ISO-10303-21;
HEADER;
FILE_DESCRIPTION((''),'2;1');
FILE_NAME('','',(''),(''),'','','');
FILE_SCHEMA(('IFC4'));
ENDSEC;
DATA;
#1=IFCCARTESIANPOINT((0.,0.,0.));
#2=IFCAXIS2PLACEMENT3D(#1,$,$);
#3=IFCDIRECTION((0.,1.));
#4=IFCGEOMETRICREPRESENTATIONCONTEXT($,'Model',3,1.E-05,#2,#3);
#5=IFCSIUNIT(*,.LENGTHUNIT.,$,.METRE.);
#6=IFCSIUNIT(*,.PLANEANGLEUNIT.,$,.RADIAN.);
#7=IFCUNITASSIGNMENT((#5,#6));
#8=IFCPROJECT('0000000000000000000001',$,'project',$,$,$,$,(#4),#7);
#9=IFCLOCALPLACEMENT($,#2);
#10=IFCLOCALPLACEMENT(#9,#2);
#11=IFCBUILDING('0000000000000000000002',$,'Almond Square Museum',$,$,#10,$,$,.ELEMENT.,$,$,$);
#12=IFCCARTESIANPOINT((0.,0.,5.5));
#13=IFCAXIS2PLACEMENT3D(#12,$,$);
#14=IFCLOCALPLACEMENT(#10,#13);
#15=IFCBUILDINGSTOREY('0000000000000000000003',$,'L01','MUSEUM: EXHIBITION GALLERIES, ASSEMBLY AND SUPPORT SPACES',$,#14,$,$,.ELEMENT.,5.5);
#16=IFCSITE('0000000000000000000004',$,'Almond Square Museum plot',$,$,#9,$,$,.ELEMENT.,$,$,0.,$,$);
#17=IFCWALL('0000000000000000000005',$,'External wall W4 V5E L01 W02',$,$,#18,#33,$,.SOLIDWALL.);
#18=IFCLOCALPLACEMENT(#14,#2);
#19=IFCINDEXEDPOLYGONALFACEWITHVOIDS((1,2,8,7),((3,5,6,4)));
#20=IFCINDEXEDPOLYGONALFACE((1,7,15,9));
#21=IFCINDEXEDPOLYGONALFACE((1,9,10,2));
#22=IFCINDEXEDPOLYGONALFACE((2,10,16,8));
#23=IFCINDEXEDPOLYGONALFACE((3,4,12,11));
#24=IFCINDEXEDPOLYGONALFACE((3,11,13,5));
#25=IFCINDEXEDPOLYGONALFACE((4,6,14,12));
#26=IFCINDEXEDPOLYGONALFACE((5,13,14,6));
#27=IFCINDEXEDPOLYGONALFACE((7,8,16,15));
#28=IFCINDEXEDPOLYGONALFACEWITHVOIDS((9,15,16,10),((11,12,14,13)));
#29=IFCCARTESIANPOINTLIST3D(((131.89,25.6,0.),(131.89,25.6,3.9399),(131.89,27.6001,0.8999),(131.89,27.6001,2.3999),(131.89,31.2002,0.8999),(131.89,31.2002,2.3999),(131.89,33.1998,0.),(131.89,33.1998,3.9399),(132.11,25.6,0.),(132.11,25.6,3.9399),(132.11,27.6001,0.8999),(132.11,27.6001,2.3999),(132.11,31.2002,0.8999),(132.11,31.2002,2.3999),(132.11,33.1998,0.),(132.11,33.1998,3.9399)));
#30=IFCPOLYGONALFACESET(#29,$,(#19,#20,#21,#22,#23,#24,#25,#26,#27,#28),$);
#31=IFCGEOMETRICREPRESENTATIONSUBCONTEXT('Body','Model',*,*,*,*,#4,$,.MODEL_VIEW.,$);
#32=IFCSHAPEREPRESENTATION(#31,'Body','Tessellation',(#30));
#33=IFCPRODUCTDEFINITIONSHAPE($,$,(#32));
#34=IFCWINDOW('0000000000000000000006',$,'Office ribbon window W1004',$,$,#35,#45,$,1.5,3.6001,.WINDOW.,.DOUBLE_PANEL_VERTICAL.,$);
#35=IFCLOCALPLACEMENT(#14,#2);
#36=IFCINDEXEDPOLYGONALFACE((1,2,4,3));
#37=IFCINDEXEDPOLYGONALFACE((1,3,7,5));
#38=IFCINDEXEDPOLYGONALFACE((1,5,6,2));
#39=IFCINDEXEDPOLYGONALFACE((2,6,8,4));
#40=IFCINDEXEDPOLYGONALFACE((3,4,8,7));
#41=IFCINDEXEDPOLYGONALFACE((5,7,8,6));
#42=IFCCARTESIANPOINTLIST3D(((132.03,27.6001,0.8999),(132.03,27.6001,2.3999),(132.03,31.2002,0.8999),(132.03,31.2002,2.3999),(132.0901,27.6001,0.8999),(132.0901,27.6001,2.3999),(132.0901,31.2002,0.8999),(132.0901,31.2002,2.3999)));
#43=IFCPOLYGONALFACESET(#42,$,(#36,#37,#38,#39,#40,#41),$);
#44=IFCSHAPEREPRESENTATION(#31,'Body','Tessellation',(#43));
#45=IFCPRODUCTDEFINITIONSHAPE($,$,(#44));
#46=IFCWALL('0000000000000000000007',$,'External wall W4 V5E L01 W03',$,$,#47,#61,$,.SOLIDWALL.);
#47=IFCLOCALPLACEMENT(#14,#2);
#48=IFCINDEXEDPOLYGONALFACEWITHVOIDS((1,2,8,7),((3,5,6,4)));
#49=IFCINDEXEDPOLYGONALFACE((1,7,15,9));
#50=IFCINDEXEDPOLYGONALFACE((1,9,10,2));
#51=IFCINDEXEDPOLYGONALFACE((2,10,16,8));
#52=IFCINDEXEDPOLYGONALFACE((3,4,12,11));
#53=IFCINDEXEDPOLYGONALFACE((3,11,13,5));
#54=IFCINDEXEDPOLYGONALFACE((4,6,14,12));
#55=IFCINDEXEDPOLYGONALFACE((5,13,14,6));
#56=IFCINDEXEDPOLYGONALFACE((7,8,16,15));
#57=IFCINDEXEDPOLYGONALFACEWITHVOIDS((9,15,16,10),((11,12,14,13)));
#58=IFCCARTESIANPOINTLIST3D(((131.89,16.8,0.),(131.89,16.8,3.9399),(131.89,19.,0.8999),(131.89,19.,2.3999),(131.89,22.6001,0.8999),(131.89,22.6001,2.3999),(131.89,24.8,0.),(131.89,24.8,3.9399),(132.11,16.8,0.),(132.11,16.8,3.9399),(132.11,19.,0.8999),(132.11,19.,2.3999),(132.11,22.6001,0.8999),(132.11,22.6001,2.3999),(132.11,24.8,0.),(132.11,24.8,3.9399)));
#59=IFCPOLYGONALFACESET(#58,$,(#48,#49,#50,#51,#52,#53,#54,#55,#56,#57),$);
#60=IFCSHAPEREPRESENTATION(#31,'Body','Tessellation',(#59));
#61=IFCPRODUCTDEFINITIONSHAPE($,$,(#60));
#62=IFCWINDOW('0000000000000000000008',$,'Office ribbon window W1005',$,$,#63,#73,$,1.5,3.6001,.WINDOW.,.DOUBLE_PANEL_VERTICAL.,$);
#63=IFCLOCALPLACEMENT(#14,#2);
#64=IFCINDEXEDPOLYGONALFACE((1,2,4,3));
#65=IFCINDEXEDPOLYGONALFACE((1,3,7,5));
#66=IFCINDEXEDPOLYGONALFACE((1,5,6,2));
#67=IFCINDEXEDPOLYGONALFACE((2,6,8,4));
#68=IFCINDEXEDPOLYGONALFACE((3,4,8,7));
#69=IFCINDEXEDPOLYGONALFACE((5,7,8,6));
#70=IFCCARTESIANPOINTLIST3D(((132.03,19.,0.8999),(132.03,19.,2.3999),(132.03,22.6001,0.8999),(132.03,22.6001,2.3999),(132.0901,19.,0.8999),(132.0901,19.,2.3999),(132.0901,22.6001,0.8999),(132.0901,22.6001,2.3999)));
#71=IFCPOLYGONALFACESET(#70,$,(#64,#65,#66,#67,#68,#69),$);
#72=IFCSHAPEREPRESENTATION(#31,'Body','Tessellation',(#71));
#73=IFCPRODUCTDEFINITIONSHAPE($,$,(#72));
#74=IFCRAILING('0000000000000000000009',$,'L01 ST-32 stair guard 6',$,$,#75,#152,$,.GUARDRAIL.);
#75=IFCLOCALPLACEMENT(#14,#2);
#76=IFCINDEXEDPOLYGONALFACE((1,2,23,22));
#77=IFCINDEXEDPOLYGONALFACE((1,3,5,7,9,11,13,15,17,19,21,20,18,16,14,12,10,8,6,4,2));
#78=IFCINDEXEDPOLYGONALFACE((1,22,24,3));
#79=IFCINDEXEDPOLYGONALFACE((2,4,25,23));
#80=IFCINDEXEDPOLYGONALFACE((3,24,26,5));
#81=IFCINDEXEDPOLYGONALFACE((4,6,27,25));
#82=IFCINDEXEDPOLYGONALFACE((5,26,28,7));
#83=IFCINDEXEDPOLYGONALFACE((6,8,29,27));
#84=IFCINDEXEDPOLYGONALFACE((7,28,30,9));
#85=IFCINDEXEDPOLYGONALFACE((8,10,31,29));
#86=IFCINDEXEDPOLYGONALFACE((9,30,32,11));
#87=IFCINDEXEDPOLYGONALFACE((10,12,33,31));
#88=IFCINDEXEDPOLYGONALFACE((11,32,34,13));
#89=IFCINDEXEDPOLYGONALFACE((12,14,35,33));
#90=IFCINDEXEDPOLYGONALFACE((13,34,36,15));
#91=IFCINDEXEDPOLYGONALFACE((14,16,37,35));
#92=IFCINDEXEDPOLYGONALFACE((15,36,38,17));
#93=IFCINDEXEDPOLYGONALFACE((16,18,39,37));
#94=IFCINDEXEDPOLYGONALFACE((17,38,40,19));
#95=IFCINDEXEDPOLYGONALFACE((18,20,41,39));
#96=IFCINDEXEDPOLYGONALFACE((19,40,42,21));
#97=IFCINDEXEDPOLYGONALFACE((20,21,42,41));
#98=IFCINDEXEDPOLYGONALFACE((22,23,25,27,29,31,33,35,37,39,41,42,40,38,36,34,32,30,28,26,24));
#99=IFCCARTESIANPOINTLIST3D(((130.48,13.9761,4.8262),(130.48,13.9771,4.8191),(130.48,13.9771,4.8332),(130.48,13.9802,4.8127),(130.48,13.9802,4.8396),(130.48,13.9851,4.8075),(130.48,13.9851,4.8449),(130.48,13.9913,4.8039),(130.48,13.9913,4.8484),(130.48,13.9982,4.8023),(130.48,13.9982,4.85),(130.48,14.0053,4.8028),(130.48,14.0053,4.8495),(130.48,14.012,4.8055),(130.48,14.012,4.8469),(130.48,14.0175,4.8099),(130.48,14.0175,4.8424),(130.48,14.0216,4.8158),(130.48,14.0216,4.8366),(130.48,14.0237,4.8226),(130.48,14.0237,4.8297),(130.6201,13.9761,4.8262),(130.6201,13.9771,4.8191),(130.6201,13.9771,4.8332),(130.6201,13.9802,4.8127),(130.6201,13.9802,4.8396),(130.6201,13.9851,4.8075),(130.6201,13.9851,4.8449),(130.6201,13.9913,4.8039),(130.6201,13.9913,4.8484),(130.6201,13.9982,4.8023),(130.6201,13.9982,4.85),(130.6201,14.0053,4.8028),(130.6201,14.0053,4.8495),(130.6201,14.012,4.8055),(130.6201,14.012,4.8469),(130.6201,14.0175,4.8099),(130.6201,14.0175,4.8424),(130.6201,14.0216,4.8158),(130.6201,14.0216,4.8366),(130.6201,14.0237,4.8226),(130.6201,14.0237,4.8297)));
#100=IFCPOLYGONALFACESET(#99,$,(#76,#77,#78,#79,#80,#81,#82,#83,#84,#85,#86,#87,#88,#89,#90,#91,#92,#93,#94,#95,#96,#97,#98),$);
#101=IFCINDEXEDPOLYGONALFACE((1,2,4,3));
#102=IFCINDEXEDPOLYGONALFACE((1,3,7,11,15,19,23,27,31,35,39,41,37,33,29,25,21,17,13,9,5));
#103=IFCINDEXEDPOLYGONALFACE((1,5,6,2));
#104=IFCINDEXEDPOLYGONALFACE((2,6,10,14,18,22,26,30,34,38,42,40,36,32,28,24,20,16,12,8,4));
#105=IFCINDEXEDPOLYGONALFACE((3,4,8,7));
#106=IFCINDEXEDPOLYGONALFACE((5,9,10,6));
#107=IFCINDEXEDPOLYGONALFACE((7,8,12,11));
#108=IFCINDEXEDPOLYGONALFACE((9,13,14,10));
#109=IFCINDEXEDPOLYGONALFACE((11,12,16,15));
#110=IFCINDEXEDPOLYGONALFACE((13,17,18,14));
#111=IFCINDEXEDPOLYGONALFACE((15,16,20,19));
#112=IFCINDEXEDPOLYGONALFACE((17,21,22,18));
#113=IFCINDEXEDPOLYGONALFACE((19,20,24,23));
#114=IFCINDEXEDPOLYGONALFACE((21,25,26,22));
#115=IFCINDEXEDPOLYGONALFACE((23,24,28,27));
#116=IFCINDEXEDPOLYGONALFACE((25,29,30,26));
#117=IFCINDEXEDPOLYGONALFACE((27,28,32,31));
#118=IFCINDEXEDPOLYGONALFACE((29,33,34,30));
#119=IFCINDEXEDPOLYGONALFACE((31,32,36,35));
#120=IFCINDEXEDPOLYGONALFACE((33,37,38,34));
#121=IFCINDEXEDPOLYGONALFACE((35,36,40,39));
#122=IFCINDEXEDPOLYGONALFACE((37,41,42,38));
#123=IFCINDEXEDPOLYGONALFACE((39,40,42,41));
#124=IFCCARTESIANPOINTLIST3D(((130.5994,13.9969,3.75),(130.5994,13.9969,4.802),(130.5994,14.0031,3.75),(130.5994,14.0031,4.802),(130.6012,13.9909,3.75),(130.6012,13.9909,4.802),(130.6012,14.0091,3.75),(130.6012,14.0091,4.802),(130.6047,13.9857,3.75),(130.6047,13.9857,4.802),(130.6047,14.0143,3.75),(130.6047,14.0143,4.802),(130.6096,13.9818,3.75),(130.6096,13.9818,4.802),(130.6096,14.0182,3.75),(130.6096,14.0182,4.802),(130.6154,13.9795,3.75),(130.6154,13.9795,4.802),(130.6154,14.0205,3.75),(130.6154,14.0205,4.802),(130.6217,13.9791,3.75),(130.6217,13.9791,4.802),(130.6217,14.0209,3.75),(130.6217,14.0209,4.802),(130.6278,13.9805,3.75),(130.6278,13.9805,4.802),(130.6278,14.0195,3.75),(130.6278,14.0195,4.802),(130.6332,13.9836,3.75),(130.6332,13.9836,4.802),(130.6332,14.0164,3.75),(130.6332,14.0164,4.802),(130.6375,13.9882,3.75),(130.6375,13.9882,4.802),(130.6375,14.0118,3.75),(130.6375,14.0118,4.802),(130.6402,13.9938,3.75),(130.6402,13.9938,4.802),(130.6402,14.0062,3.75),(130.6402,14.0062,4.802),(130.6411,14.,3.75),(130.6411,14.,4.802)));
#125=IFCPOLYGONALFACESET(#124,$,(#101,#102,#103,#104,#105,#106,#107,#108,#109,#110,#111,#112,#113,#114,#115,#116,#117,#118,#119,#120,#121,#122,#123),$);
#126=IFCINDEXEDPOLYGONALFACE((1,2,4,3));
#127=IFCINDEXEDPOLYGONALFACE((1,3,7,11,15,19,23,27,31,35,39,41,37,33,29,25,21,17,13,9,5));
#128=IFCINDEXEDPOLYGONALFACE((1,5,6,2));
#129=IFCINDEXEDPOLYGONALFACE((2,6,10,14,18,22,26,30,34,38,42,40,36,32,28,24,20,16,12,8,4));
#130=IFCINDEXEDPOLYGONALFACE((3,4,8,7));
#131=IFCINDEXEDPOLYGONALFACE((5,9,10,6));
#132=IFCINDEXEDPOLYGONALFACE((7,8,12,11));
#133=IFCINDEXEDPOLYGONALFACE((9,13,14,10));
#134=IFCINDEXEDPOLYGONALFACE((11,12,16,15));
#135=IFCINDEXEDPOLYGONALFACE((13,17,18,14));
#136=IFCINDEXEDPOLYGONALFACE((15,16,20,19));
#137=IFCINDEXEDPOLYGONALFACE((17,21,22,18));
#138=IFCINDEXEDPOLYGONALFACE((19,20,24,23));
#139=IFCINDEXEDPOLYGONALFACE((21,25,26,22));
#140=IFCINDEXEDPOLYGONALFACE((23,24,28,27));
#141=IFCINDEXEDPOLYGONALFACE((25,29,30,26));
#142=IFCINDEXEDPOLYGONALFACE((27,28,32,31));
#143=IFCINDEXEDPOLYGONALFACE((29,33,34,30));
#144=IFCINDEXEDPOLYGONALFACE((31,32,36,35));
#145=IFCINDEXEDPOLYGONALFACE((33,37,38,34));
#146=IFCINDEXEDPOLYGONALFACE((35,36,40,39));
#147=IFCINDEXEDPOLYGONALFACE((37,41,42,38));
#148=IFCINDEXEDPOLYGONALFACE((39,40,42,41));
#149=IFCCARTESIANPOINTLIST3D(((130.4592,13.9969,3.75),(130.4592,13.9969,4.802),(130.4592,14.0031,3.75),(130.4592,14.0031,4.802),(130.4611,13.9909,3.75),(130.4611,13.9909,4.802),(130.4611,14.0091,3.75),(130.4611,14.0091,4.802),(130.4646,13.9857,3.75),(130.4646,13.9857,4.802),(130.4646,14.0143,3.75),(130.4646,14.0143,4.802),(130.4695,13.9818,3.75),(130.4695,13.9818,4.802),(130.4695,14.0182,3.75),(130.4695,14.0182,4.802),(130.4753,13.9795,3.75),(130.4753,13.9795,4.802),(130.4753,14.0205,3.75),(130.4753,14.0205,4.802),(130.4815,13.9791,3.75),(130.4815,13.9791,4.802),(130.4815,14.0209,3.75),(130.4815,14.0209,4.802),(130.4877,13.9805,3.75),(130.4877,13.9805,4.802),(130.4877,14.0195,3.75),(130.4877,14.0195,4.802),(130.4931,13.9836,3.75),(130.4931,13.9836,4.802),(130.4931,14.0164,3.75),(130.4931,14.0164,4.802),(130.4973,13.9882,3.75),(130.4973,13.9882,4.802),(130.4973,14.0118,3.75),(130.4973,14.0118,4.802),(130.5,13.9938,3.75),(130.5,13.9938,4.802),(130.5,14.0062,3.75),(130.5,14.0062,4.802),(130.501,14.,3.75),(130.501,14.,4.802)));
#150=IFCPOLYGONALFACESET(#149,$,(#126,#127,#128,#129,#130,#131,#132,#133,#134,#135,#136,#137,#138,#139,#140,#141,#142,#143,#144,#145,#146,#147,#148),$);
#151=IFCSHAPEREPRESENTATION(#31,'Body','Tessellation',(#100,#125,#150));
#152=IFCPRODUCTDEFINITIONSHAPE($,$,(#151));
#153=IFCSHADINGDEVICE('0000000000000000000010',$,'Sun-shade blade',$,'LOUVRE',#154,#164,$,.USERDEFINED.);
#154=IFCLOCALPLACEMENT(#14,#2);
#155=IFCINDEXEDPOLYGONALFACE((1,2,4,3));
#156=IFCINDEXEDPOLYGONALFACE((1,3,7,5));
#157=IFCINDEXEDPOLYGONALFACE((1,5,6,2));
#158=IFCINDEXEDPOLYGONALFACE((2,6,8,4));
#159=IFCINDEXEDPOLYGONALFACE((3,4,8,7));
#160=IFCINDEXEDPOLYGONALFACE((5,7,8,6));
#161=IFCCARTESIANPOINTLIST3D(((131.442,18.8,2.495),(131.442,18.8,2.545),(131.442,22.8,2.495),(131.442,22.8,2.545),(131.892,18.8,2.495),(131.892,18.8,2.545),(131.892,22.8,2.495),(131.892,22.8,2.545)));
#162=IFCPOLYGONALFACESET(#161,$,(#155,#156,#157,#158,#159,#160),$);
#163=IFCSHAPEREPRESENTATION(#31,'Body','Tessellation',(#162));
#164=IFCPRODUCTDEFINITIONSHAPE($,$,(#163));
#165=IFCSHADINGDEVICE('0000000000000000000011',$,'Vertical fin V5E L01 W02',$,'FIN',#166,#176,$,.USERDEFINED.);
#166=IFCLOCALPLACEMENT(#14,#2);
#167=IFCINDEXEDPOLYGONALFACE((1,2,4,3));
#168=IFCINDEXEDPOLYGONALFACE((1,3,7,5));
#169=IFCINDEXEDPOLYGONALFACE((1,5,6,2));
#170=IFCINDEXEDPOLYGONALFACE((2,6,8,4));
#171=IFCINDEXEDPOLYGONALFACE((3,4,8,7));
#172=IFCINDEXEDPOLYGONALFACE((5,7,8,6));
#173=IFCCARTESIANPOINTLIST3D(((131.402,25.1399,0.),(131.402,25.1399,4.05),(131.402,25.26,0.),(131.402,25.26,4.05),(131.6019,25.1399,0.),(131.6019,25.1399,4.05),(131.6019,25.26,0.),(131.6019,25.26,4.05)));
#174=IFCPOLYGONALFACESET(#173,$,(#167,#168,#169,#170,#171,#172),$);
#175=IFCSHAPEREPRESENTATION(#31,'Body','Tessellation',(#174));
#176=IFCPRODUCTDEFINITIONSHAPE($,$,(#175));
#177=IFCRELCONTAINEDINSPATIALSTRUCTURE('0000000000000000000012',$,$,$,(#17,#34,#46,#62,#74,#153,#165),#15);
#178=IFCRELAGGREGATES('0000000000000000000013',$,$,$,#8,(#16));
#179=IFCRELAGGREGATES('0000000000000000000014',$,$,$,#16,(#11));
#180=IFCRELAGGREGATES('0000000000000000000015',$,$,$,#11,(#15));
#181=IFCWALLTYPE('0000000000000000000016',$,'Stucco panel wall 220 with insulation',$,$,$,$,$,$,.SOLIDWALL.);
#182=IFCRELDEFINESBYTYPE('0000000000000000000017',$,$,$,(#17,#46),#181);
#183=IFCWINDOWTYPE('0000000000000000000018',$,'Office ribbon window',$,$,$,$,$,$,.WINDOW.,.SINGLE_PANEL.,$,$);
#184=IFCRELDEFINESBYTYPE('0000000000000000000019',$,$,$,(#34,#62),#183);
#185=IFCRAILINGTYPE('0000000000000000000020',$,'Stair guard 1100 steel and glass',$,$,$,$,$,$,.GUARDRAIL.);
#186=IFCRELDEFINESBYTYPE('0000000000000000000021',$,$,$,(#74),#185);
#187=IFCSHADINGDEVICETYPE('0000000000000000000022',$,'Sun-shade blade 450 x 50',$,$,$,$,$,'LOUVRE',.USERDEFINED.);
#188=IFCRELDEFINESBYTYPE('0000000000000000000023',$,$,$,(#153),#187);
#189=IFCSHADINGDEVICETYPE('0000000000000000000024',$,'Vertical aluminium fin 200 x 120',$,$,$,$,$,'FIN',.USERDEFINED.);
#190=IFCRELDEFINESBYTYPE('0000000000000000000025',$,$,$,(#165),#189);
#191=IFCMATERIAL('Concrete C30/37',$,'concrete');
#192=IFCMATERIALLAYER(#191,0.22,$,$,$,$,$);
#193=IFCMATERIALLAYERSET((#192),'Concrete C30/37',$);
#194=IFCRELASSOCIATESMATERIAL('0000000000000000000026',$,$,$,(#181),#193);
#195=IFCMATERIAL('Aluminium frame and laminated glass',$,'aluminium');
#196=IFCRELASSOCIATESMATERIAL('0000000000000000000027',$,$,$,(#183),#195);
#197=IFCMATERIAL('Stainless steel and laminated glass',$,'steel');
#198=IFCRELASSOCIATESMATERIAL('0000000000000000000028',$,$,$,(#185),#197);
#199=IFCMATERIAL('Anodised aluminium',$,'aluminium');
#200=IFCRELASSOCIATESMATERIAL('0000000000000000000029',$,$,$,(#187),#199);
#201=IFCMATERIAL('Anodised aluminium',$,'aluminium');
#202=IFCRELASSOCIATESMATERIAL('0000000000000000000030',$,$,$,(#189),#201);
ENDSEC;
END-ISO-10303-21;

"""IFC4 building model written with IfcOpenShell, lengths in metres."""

from ifc_helpers import new_model, si_unit, direction, frame, frame_2d, origin, origin_2d, place, context, subcontext, project, spatial, rectangle, circle, extrude, material, layer, layer_set, material_profile, profile_set, type_object, element, fill, save


model = new_model("IFC4")

# Units and contexts
model_context = context("Model", 3, precision=1e-05, world=origin(), true_north=direction((0.0, 1.0)))
body_context = subcontext(model_context, "Body", "Model", "MODEL_VIEW")
ifc_project = project(units=[si_unit("LENGTHUNIT", "METRE"), si_unit("PLANEANGLEUNIT", "RADIAN")], contexts=[model_context])

# Site, building, storey
site_placement = place(None, origin())
site = spatial("IfcSite", under=ifc_project, at=site_placement, Name="Almond Square Museum plot", CompositionType="ELEMENT", RefElevation=0.0)
building_placement = place(site_placement, origin())
building = spatial("IfcBuilding", under=site, at=building_placement, Name="Almond Square Museum", CompositionType="ELEMENT")
storey_placement = place(building_placement, frame((0.0, 0.0, 5.5)))
storey = spatial("IfcBuildingStorey", under=building, at=storey_placement, Name="L01", Description="MUSEUM: EXHIBITION GALLERIES, ASSEMBLY AND SUPPORT SPACES", CompositionType="ELEMENT", Elevation=5.5)

# Walls, openings, windows
ifc_material_1 = material(Name="Concrete C30/37", Category="concrete")
ifc_layer_1 = layer(ifc_material_1, 0.22)
ifc_layer_set_1 = layer_set([ifc_layer_1], Name="Concrete C30/37")
wall_type_1 = type_object("IfcWallType", Name="Stucco panel wall 220 with insulation", PredefinedType="SOLIDWALL", material=ifc_layer_set_1)
wall_1_placement = place(storey_placement, frame((132.0, 25.6001, 0.0), z_axis=(0.0, 0.0, 1.0), x_axis=(0.0, 1.0, 0.0)))
wall_1 = element("IfcWall", 1, at=wall_1_placement, inside=storey, type_object=wall_type_1, Name="External wall W4 V5E L01 W02", PredefinedType="SOLIDWALL", context=body_context, shape_type="SweptSolid", body=[
    extrude(rectangle(XDim=7.5999, YDim=0.22, at=frame_2d((3.7998, 0.0))), origin(), (0.0, 0.0, 1.0), 3.9399),
])
opening_1_placement = place(wall_1_placement, frame((2.0, 0.0, 0.8999)))
opening_1 = element("IfcOpeningElement", 2, at=opening_1_placement, cuts=wall_1, PredefinedType="OPENING", context=body_context, shape_type="SweptSolid", body=[
    extrude(rectangle(XDim=3.6001, YDim=1.5, at=frame_2d((1.8, 0.75))), frame((0.0, 0.1199, 0.0), z_axis=(0.0, -1.0, 0.0), x_axis=(1.0, 0.0, 0.0)), (0.0, 0.0, 1.0), 0.24),
])
ifc_material_2 = material(Name="Aluminium frame and laminated glass", Category="aluminium")
window_type = type_object("IfcWindowType", Name="Office ribbon window", PartitioningType="SINGLE_PANEL", PredefinedType="WINDOW", material=ifc_material_2)
window_1_placement = place(opening_1_placement, origin())
window_1 = element("IfcWindow", 3, at=window_1_placement, inside=storey, type_object=window_type, Name="Office ribbon window W1004", OverallHeight=1.5, OverallWidth=3.6001, PartitioningType="DOUBLE_PANEL_VERTICAL", PredefinedType="WINDOW", context=body_context, shape_type="SweptSolid", body=[
    extrude(rectangle(XDim=3.6001, YDim=1.5, at=frame_2d((1.8, 0.75))), frame((0.0, -0.03, 0.0), z_axis=(0.0, -1.0, 0.0), x_axis=(1.0, 0.0, 0.0)), (0.0, 0.0, 1.0), 0.0601),
])
fill(opening_1, window_1)
wall_2_placement = place(storey_placement, frame((132.0, 16.8, 0.0), z_axis=(0.0, 0.0, 1.0), x_axis=(0.0, 1.0, 0.0)))
wall_2 = element("IfcWall", 4, at=wall_2_placement, inside=storey, type_object=wall_type_1, Name="External wall W4 V5E L01 W03", PredefinedType="SOLIDWALL", context=body_context, shape_type="SweptSolid", body=[
    extrude(rectangle(XDim=8.0, YDim=0.22, at=frame_2d((4.0, 0.0))), origin(), (0.0, 0.0, 1.0), 3.9399),
])
opening_2_placement = place(wall_2_placement, frame((2.2, 0.0, 0.8999)))
opening_2 = element("IfcOpeningElement", 5, at=opening_2_placement, cuts=wall_2, PredefinedType="OPENING", context=body_context, shape_type="SweptSolid", body=[
    extrude(rectangle(XDim=3.6001, YDim=1.5, at=frame_2d((1.8, 0.75))), frame((0.0, 0.1199, 0.0), z_axis=(0.0, -1.0, 0.0), x_axis=(1.0, 0.0, 0.0)), (0.0, 0.0, 1.0), 0.24),
])
window_2_placement = place(opening_2_placement, origin())
window_2 = element("IfcWindow", 6, at=window_2_placement, inside=storey, type_object=window_type, Name="Office ribbon window W1005", OverallHeight=1.5, OverallWidth=3.6001, PartitioningType="DOUBLE_PANEL_VERTICAL", PredefinedType="WINDOW", context=body_context, shape_type="SweptSolid", body=[
    extrude(rectangle(XDim=3.6001, YDim=1.5, at=frame_2d((1.8, 0.75))), frame((0.0, -0.03, 0.0), z_axis=(0.0, -1.0, 0.0), x_axis=(1.0, 0.0, 0.0)), (0.0, 0.0, 1.0), 0.0601),
])
fill(opening_2, window_2)

# Railing
ifc_material_3 = material(Name="Stainless steel and laminated glass", Category="steel")
railing_type = type_object("IfcRailingType", Name="Stair guard 1100 steel and glass", PredefinedType="GUARDRAIL", material=ifc_material_3)
railing_placement = place(storey_placement, frame((130.6201, 14.0, 3.75)))
element("IfcRailing", 7, at=railing_placement, inside=storey, type_object=railing_type, Name="L01 ST-32 stair guard 6", PredefinedType="GUARDRAIL", context=body_context, shape_type="SweptSolid", body=[
    extrude(circle(Radius=0.0239, at=origin_2d()), frame((0.0, 0.0, 1.0762), z_axis=(-1.0, 0.0, 0.0), x_axis=(0.0, -1.0, 0.0)), (0.0, 0.0, 1.0), 0.1401),
    extrude(circle(Radius=0.021, at=origin_2d()), origin(), (0.0, 0.0, 1.0), 1.052),
    extrude(circle(Radius=0.021, at=origin_2d()), frame((-0.1401, 0.0, 0.0)), (0.0, 0.0, 1.0), 1.052),
])

# Shading devices
ifc_material_4 = material(Name="Anodised aluminium", Category="aluminium")
ifc_material_profile_1 = material_profile(ifc_material_4, rectangle(XDim=0.45, YDim=0.05, at=origin_2d()))
ifc_profile_set_1 = profile_set([ifc_material_profile_1], Name="Anodised aluminium")
shading_device_type_1 = type_object("IfcShadingDeviceType", Name="Sun-shade blade 450 x 50", ElementType="LOUVRE", PredefinedType="USERDEFINED", material=ifc_profile_set_1)
shading_device_1_placement = place(storey_placement, frame((131.667, 18.8, 2.52), z_axis=(0.0, 1.0, 0.0), x_axis=(-1.0, 0.0, 0.0)))
element("IfcShadingDevice", 8, at=shading_device_1_placement, inside=storey, type_object=shading_device_type_1, Name="Sun-shade blade", ObjectType="LOUVRE", PredefinedType="USERDEFINED", context=body_context, shape_type="SweptSolid", body=[
    extrude(rectangle(XDim=0.45, YDim=0.05, at=origin_2d()), origin(), (0.0, 0.0, 1.0), 4.0),
])
ifc_material_5 = material(Name="Anodised aluminium", Category="aluminium")
ifc_material_profile_2 = material_profile(ifc_material_5, rectangle(XDim=0.2, YDim=0.1201, at=origin_2d()))
ifc_profile_set_2 = profile_set([ifc_material_profile_2], Name="Anodised aluminium")
shading_device_type_2 = type_object("IfcShadingDeviceType", Name="Vertical aluminium fin 200 x 120", ElementType="FIN", PredefinedType="USERDEFINED", material=ifc_profile_set_2)
shading_device_2_placement = place(storey_placement, frame((131.502, 25.2, 0.0), z_axis=(0.0, 0.0, 1.0), x_axis=(-1.0, 0.0, 0.0)))
element("IfcShadingDevice", 9, at=shading_device_2_placement, inside=storey, type_object=shading_device_type_2, Name="Vertical fin V5E L01 W02", ObjectType="FIN", PredefinedType="USERDEFINED", context=body_context, shape_type="SweptSolid", body=[
    extrude(rectangle(XDim=0.2, YDim=0.1201, at=origin_2d()), origin(), (0.0, 0.0, 1.0), 4.05),
])

save(model, "model.ifc")
